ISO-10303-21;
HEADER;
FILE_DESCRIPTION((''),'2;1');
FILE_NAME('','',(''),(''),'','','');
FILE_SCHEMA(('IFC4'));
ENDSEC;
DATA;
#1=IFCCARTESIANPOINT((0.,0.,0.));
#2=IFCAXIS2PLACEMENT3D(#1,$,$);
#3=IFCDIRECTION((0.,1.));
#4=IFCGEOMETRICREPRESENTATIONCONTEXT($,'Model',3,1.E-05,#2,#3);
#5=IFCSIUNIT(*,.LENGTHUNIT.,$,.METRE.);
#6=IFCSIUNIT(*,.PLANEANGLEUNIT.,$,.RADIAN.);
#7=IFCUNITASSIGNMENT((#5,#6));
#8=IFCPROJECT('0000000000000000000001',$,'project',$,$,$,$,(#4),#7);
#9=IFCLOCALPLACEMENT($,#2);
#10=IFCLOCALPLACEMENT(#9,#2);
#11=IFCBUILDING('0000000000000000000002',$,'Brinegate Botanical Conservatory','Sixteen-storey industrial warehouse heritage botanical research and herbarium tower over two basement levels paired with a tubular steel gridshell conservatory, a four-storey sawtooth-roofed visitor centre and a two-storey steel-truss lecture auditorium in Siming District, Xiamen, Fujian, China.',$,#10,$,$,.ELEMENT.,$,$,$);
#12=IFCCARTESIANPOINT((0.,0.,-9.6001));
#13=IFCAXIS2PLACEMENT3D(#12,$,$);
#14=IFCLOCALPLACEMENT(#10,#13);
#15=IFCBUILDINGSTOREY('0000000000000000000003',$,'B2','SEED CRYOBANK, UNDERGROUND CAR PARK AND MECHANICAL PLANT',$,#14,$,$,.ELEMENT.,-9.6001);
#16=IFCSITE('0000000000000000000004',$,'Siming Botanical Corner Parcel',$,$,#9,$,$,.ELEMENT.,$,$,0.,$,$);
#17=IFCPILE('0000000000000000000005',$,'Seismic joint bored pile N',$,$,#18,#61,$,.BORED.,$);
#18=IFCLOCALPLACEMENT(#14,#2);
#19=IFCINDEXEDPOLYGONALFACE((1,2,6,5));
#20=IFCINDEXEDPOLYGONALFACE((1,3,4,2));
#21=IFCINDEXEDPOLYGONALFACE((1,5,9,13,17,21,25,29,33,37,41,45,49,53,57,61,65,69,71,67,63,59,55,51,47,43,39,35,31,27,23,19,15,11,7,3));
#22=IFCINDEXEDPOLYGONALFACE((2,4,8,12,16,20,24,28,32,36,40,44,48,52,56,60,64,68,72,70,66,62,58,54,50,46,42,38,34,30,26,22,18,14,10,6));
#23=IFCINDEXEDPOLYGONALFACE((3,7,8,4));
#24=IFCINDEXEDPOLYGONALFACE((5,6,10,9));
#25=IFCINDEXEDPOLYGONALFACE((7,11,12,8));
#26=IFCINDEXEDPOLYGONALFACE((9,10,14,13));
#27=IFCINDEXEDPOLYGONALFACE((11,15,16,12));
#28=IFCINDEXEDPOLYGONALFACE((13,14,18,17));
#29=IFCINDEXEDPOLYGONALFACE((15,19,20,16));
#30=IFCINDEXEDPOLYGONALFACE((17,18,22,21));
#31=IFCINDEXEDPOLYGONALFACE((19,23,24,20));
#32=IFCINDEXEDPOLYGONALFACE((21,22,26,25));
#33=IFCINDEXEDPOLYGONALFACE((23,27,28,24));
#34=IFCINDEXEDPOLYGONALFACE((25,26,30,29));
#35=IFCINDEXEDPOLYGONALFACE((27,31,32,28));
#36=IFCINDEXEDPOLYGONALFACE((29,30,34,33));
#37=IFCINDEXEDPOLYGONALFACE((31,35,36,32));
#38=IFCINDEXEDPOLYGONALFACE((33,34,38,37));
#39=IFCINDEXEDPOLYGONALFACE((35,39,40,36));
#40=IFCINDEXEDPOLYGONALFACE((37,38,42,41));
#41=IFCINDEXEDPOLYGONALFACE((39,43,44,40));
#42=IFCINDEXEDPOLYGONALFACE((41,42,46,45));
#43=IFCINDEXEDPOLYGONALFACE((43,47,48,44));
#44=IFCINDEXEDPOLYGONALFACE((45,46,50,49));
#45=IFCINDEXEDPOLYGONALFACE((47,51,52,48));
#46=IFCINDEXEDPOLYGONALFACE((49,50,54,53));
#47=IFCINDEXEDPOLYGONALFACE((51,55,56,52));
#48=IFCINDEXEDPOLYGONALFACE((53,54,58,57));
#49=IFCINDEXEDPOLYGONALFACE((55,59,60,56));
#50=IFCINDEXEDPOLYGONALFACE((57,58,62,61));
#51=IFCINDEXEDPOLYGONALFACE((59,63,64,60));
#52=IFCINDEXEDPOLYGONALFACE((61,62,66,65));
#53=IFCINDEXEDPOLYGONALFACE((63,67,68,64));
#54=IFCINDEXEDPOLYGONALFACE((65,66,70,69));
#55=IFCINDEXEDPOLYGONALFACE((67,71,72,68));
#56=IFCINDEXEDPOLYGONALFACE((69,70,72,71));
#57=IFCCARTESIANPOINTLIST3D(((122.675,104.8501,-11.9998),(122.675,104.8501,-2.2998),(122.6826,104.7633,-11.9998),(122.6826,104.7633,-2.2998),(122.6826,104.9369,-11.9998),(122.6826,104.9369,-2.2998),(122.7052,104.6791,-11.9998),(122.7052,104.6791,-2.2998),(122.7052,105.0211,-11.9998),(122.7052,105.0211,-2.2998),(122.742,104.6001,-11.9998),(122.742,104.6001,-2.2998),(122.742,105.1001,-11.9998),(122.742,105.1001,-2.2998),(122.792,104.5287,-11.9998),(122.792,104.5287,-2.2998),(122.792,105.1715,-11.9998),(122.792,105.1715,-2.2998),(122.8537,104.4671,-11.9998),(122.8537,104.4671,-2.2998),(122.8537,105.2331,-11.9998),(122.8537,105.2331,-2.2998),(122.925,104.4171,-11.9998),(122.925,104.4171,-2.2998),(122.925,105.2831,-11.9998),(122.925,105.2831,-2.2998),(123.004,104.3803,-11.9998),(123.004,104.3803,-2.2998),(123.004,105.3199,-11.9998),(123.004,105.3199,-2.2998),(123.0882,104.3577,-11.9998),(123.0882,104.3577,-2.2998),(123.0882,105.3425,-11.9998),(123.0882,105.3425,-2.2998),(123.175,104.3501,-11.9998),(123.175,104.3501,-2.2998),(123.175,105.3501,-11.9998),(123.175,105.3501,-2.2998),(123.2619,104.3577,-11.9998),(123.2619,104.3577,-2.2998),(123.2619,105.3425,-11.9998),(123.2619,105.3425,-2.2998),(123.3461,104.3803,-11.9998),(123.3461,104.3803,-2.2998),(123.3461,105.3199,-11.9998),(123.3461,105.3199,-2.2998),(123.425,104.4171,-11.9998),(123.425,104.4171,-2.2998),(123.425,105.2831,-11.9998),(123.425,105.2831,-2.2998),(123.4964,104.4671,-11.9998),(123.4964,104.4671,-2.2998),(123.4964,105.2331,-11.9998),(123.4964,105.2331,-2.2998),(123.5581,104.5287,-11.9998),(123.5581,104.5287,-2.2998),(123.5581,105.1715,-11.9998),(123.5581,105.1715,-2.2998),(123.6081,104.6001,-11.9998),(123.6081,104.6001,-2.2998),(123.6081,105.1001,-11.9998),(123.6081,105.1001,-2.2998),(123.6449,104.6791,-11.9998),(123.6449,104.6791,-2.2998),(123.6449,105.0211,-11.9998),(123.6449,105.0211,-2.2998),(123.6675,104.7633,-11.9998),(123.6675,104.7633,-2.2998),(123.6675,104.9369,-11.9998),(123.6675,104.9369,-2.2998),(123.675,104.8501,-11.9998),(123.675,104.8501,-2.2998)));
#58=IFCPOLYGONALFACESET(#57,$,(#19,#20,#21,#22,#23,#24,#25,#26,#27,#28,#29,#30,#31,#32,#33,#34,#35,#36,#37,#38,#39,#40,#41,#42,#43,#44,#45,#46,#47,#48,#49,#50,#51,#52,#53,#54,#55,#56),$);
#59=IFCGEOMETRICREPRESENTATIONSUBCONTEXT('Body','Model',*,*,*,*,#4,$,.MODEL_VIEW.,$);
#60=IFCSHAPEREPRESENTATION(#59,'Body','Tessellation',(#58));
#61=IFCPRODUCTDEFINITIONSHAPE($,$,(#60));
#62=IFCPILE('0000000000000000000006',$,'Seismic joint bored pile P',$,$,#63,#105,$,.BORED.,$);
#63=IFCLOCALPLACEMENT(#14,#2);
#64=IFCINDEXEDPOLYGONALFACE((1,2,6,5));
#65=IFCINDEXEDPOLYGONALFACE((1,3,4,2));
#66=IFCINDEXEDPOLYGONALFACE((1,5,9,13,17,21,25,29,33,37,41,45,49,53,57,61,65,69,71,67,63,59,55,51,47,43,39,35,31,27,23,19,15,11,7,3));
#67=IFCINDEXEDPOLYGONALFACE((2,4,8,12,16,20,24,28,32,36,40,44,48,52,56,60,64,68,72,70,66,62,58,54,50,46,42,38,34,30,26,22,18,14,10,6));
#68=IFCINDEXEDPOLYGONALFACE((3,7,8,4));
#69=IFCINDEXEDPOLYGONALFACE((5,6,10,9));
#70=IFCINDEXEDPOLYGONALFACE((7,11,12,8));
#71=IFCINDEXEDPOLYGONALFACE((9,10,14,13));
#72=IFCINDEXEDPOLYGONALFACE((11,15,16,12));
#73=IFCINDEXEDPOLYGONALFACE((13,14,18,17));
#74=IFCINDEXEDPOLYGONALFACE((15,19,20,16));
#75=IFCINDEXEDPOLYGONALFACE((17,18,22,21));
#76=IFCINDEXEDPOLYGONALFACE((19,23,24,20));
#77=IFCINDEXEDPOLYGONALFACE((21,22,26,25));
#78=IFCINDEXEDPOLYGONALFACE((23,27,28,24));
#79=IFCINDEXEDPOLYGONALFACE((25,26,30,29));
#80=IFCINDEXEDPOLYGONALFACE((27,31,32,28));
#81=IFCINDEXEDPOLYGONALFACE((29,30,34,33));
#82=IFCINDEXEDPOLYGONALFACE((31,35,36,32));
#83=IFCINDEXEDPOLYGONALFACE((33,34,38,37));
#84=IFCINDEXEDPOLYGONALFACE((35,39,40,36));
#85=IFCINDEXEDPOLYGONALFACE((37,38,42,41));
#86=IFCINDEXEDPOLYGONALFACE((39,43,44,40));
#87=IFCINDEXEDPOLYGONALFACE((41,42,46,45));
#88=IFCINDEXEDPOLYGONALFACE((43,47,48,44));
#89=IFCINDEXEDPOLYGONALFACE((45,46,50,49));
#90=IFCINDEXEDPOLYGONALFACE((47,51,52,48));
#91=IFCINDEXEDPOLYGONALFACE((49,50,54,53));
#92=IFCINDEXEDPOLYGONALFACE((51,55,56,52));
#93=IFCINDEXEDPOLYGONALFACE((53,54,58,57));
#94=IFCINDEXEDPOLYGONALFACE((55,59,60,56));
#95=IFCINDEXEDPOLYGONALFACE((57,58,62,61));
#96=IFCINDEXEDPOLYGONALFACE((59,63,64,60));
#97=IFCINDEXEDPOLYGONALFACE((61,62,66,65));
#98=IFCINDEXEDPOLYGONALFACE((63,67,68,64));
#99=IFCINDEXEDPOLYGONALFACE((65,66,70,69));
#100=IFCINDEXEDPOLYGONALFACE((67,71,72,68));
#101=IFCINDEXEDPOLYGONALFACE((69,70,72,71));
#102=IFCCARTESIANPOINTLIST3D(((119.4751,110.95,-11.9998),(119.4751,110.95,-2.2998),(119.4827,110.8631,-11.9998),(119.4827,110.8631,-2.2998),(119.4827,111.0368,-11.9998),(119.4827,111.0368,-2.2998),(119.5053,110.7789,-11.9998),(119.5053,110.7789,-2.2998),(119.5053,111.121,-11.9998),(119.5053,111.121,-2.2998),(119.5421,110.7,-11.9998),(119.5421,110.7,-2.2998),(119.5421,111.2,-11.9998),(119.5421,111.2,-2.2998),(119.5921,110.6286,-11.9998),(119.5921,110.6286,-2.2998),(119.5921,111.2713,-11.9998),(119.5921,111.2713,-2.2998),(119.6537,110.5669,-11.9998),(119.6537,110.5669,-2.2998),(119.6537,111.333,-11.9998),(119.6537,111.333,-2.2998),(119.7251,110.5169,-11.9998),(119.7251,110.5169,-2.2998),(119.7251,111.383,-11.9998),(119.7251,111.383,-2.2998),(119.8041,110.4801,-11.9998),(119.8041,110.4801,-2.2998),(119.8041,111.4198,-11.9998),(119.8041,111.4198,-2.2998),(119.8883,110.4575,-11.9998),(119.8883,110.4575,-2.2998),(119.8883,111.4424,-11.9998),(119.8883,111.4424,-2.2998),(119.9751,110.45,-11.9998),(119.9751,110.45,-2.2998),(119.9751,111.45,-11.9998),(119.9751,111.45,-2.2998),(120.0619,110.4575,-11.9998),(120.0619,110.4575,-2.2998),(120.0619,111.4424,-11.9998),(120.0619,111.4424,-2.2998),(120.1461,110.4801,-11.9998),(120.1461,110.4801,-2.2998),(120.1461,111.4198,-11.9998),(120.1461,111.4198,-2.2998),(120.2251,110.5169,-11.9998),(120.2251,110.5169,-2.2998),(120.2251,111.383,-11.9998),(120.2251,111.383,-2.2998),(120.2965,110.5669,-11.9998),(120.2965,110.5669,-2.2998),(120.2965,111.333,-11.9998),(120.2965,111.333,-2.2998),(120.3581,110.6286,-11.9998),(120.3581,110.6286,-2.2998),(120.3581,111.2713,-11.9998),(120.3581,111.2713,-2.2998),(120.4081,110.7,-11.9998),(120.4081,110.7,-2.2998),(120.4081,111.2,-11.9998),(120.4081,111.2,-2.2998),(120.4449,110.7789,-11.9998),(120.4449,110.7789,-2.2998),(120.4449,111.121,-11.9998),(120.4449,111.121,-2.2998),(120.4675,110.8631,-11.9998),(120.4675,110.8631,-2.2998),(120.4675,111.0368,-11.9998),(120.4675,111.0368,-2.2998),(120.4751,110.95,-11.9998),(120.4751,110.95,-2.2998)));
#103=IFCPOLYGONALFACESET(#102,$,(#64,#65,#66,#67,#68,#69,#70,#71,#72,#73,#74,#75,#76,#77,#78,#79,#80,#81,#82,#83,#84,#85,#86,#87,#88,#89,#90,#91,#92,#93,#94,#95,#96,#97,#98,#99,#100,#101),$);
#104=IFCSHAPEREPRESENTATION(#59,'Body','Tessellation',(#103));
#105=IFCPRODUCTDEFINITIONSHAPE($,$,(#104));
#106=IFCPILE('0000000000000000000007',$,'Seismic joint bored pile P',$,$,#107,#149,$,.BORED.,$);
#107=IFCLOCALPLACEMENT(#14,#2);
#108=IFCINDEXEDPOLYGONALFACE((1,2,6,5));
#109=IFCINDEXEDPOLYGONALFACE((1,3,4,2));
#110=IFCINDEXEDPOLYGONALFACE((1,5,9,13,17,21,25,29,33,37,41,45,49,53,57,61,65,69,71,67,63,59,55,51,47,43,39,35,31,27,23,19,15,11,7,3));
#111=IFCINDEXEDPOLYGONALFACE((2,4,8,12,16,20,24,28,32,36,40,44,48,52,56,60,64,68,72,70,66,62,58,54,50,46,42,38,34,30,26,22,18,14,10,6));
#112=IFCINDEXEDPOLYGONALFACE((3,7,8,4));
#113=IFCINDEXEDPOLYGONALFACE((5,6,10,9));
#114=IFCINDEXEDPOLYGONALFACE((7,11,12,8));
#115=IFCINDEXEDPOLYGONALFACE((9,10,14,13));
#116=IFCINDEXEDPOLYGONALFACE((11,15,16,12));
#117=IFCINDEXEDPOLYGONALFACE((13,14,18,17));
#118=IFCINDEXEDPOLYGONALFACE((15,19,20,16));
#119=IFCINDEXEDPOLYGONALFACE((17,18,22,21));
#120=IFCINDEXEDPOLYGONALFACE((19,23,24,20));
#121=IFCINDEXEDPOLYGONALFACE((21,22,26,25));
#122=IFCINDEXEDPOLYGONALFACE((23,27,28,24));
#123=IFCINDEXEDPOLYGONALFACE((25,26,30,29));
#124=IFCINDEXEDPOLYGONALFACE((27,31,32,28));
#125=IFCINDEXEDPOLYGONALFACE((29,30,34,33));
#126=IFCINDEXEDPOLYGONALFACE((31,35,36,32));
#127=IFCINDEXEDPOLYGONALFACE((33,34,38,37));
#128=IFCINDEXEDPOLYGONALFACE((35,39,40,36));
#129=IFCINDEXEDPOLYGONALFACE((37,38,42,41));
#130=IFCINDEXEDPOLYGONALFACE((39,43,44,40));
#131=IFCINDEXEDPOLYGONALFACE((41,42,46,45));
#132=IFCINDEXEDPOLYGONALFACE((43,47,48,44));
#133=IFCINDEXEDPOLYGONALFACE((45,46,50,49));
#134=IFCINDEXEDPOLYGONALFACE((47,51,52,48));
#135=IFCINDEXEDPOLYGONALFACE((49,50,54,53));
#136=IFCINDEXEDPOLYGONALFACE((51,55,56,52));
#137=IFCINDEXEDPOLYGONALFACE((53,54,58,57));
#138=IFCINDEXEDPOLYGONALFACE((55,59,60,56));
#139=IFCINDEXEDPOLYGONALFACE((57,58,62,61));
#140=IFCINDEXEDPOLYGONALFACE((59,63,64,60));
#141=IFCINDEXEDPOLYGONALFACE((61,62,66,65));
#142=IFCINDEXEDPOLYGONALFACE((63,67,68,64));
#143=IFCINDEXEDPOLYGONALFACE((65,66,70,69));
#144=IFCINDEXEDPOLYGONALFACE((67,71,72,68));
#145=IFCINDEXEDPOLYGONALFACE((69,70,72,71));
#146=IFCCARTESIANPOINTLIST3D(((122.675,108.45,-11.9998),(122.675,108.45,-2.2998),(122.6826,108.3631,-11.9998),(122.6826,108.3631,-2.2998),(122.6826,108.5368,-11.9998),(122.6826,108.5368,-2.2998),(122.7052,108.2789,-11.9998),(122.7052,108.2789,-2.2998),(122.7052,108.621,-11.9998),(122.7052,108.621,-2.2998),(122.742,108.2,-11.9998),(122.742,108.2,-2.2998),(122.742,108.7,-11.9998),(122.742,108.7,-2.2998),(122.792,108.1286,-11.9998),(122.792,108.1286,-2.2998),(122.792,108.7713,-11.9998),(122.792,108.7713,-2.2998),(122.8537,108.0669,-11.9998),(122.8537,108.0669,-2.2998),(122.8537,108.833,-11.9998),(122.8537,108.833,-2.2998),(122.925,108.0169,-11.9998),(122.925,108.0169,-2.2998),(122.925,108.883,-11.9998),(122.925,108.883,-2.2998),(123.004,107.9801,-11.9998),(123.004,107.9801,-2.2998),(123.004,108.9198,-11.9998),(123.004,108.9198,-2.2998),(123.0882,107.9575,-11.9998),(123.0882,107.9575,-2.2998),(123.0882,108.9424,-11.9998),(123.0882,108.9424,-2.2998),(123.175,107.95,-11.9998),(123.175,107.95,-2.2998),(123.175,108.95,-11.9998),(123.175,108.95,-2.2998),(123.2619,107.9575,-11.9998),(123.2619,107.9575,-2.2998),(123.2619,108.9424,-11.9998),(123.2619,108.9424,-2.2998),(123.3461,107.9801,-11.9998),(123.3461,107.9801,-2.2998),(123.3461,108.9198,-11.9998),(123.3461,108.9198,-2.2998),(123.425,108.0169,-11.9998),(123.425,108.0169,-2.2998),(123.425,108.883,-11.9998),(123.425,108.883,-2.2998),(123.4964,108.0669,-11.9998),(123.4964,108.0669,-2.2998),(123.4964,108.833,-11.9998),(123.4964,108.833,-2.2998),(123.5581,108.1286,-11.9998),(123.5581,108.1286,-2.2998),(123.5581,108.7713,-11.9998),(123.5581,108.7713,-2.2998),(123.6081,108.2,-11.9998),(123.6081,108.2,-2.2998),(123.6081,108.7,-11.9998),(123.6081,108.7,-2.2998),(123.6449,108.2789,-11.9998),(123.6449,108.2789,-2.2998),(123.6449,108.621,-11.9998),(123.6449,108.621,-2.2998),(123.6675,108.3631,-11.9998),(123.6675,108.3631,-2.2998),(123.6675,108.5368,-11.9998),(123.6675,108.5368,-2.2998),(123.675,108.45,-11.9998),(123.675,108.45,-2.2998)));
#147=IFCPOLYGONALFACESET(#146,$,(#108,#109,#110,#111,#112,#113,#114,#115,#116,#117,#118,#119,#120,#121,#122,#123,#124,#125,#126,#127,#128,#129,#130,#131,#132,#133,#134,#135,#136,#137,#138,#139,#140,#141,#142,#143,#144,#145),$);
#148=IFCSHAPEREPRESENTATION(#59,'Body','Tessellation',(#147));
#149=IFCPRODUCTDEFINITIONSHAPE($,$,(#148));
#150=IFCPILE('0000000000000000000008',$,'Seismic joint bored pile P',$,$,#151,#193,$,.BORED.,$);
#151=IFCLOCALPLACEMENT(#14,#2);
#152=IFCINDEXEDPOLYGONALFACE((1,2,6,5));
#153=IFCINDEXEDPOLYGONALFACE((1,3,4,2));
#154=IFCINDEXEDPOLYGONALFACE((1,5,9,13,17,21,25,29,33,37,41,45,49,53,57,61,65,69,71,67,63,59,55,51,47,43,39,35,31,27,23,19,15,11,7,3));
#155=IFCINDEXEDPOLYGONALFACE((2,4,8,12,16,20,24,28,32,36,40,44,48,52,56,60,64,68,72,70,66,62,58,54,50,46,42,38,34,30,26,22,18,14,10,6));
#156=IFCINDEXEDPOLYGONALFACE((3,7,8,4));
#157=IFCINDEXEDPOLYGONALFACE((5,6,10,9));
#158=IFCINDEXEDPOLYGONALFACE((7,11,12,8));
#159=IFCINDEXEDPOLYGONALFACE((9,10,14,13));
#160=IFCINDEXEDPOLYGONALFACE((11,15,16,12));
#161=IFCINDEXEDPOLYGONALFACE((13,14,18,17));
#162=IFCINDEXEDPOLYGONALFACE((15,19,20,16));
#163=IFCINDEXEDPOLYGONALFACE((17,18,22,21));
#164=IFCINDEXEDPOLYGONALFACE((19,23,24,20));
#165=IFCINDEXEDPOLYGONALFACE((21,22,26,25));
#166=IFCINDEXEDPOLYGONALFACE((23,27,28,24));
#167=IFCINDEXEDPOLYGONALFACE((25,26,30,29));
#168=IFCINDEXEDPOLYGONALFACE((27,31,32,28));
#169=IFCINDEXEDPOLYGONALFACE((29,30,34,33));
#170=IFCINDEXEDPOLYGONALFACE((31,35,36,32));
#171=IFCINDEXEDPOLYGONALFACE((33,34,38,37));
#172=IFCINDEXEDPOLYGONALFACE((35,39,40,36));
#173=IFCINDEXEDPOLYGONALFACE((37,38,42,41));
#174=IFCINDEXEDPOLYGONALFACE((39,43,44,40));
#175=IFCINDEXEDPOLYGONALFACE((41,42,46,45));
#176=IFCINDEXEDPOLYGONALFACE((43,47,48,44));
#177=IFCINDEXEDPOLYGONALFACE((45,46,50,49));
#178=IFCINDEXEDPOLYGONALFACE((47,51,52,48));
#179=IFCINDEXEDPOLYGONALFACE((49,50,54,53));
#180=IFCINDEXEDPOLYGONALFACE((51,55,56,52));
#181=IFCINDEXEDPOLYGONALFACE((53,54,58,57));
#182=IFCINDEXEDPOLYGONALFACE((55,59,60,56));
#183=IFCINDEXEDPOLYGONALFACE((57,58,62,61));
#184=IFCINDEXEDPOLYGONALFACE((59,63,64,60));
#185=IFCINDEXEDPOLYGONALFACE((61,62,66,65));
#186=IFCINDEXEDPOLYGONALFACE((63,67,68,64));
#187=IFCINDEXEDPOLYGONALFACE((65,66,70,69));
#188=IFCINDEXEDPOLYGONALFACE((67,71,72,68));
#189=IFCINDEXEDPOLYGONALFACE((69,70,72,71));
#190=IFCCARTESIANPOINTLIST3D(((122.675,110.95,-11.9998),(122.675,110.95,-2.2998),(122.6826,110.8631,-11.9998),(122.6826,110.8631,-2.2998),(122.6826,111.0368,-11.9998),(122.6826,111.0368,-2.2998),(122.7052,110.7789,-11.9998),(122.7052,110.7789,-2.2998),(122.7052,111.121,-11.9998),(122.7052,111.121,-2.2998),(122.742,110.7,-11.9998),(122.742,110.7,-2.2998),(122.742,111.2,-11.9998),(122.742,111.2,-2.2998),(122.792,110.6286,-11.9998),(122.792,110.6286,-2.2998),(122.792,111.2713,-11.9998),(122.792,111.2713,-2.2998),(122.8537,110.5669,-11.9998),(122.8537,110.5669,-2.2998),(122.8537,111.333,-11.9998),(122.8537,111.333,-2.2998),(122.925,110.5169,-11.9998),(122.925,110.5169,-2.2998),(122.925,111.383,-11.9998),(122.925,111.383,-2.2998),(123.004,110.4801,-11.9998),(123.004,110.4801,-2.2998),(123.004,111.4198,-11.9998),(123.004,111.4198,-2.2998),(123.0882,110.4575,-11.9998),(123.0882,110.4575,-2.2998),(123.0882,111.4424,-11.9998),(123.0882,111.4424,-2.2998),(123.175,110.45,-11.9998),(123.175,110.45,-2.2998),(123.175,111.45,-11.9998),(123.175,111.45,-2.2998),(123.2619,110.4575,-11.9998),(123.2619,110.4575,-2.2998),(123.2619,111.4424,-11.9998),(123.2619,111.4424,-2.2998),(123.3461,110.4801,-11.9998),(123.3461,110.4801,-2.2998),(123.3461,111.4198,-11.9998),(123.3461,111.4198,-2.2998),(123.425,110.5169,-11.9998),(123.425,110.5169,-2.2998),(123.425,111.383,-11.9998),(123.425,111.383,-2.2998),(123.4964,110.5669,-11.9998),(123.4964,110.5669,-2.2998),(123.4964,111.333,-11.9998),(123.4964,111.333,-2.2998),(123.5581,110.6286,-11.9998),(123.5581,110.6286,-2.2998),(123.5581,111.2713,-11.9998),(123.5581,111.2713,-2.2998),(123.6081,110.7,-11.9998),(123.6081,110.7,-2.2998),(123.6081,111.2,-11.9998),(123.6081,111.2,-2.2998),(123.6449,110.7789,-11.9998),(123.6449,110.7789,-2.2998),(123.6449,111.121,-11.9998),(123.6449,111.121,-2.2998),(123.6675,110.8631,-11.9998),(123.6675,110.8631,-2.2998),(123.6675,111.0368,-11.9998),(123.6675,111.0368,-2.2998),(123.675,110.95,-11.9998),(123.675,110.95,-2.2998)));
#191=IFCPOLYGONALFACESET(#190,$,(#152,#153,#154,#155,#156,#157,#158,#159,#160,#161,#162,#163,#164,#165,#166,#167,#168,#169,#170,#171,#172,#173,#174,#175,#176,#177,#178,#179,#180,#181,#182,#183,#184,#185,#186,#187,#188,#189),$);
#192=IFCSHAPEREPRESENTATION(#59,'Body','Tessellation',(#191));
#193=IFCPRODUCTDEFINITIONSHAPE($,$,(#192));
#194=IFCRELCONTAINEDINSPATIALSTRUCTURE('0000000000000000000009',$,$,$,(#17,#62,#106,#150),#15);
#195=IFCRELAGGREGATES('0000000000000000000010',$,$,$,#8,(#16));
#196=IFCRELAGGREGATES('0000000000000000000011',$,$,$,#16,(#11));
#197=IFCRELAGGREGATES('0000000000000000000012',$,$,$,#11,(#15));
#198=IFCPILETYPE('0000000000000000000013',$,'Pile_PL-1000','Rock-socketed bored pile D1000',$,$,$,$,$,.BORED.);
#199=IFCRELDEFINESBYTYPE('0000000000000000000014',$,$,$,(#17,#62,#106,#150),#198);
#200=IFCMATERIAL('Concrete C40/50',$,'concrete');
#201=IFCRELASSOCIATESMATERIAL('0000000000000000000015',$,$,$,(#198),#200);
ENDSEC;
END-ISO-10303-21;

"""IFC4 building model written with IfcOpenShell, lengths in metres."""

from ifc_helpers import new_model, si_unit, direction, frame, origin, origin_2d, place, context, subcontext, project, spatial, circle, extrude, material, material_profile, profile_set, type_object, element, save


model = new_model("IFC4")

# Units and contexts
model_context = context("Model", 3, precision=1e-05, world=origin(), true_north=direction((0.0, 1.0)))
body_context = subcontext(model_context, "Body", "Model", "MODEL_VIEW")
ifc_project = project(units=[si_unit("LENGTHUNIT", "METRE"), si_unit("PLANEANGLEUNIT", "RADIAN")], contexts=[model_context])

# Site, building, storey
site_placement = place(None, origin())
site = spatial("IfcSite", under=ifc_project, at=site_placement, Name="Siming Botanical Corner Parcel", CompositionType="ELEMENT", RefElevation=0.0)
building_placement = place(site_placement, origin())
building = spatial("IfcBuilding", under=site, at=building_placement, Name="Brinegate Botanical Conservatory", Description="Sixteen-storey industrial warehouse heritage botanical research and herbarium tower over two basement levels paired with a tubular steel gridshell conservatory, a four-storey sawtooth-roofed visitor centre and a two-storey steel-truss lecture auditorium in Siming District, Xiamen, Fujian, China.", CompositionType="ELEMENT")
storey_placement = place(building_placement, frame((0.0, 0.0, -9.6001)))
storey = spatial("IfcBuildingStorey", under=building, at=storey_placement, Name="B2", Description="SEED CRYOBANK, UNDERGROUND CAR PARK AND MECHANICAL PLANT", CompositionType="ELEMENT", Elevation=-9.6001)

# Shared definitions
ifc_material_1 = material(Name="Concrete C40/50", Category="concrete")

# Piles
ifc_material_profile_1 = material_profile(ifc_material_1, circle(Radius=0.5, at=origin_2d()), Name="PILE D1000")
ifc_profile_set_1 = profile_set([ifc_material_profile_1], Name="Concrete C40/50")
pile_type = type_object("IfcPileType", Name="Pile_PL-1000", Description="Rock-socketed bored pile D1000", PredefinedType="BORED", material=ifc_profile_set_1)
for number, where, z_axis, x_axis, name in (
    (1, (123.175, 104.8501, -2.2998), (0.0, 0.0, -1.0), (1.0, 0.0, 0.0), "Seismic joint bored pile N"),
    (2, (119.9751, 110.95, -2.2998), (0.0, 0.0, -1.0), (1.0, 0.0, 0.0), "Seismic joint bored pile P"),
    (3, (123.175, 108.45, -2.2998), (0.0, 0.0, -1.0), (1.0, 0.0, 0.0), "Seismic joint bored pile P"),
    (4, (123.175, 110.95, -2.2998), (0.0, 0.0, -1.0), (1.0, 0.0, 0.0), "Seismic joint bored pile P"),
):
    element("IfcPile", number, at=place(storey_placement, frame(where, z_axis=z_axis, x_axis=x_axis)), inside=storey, type_object=pile_type, Name=name, PredefinedType="BORED", context=body_context, shape_type="SweptSolid", body=[
        extrude(circle(Radius=0.5, at=origin_2d()), origin(), (0.0, 0.0, 1.0), 9.7),
    ])

save(model, "model.ifc")
